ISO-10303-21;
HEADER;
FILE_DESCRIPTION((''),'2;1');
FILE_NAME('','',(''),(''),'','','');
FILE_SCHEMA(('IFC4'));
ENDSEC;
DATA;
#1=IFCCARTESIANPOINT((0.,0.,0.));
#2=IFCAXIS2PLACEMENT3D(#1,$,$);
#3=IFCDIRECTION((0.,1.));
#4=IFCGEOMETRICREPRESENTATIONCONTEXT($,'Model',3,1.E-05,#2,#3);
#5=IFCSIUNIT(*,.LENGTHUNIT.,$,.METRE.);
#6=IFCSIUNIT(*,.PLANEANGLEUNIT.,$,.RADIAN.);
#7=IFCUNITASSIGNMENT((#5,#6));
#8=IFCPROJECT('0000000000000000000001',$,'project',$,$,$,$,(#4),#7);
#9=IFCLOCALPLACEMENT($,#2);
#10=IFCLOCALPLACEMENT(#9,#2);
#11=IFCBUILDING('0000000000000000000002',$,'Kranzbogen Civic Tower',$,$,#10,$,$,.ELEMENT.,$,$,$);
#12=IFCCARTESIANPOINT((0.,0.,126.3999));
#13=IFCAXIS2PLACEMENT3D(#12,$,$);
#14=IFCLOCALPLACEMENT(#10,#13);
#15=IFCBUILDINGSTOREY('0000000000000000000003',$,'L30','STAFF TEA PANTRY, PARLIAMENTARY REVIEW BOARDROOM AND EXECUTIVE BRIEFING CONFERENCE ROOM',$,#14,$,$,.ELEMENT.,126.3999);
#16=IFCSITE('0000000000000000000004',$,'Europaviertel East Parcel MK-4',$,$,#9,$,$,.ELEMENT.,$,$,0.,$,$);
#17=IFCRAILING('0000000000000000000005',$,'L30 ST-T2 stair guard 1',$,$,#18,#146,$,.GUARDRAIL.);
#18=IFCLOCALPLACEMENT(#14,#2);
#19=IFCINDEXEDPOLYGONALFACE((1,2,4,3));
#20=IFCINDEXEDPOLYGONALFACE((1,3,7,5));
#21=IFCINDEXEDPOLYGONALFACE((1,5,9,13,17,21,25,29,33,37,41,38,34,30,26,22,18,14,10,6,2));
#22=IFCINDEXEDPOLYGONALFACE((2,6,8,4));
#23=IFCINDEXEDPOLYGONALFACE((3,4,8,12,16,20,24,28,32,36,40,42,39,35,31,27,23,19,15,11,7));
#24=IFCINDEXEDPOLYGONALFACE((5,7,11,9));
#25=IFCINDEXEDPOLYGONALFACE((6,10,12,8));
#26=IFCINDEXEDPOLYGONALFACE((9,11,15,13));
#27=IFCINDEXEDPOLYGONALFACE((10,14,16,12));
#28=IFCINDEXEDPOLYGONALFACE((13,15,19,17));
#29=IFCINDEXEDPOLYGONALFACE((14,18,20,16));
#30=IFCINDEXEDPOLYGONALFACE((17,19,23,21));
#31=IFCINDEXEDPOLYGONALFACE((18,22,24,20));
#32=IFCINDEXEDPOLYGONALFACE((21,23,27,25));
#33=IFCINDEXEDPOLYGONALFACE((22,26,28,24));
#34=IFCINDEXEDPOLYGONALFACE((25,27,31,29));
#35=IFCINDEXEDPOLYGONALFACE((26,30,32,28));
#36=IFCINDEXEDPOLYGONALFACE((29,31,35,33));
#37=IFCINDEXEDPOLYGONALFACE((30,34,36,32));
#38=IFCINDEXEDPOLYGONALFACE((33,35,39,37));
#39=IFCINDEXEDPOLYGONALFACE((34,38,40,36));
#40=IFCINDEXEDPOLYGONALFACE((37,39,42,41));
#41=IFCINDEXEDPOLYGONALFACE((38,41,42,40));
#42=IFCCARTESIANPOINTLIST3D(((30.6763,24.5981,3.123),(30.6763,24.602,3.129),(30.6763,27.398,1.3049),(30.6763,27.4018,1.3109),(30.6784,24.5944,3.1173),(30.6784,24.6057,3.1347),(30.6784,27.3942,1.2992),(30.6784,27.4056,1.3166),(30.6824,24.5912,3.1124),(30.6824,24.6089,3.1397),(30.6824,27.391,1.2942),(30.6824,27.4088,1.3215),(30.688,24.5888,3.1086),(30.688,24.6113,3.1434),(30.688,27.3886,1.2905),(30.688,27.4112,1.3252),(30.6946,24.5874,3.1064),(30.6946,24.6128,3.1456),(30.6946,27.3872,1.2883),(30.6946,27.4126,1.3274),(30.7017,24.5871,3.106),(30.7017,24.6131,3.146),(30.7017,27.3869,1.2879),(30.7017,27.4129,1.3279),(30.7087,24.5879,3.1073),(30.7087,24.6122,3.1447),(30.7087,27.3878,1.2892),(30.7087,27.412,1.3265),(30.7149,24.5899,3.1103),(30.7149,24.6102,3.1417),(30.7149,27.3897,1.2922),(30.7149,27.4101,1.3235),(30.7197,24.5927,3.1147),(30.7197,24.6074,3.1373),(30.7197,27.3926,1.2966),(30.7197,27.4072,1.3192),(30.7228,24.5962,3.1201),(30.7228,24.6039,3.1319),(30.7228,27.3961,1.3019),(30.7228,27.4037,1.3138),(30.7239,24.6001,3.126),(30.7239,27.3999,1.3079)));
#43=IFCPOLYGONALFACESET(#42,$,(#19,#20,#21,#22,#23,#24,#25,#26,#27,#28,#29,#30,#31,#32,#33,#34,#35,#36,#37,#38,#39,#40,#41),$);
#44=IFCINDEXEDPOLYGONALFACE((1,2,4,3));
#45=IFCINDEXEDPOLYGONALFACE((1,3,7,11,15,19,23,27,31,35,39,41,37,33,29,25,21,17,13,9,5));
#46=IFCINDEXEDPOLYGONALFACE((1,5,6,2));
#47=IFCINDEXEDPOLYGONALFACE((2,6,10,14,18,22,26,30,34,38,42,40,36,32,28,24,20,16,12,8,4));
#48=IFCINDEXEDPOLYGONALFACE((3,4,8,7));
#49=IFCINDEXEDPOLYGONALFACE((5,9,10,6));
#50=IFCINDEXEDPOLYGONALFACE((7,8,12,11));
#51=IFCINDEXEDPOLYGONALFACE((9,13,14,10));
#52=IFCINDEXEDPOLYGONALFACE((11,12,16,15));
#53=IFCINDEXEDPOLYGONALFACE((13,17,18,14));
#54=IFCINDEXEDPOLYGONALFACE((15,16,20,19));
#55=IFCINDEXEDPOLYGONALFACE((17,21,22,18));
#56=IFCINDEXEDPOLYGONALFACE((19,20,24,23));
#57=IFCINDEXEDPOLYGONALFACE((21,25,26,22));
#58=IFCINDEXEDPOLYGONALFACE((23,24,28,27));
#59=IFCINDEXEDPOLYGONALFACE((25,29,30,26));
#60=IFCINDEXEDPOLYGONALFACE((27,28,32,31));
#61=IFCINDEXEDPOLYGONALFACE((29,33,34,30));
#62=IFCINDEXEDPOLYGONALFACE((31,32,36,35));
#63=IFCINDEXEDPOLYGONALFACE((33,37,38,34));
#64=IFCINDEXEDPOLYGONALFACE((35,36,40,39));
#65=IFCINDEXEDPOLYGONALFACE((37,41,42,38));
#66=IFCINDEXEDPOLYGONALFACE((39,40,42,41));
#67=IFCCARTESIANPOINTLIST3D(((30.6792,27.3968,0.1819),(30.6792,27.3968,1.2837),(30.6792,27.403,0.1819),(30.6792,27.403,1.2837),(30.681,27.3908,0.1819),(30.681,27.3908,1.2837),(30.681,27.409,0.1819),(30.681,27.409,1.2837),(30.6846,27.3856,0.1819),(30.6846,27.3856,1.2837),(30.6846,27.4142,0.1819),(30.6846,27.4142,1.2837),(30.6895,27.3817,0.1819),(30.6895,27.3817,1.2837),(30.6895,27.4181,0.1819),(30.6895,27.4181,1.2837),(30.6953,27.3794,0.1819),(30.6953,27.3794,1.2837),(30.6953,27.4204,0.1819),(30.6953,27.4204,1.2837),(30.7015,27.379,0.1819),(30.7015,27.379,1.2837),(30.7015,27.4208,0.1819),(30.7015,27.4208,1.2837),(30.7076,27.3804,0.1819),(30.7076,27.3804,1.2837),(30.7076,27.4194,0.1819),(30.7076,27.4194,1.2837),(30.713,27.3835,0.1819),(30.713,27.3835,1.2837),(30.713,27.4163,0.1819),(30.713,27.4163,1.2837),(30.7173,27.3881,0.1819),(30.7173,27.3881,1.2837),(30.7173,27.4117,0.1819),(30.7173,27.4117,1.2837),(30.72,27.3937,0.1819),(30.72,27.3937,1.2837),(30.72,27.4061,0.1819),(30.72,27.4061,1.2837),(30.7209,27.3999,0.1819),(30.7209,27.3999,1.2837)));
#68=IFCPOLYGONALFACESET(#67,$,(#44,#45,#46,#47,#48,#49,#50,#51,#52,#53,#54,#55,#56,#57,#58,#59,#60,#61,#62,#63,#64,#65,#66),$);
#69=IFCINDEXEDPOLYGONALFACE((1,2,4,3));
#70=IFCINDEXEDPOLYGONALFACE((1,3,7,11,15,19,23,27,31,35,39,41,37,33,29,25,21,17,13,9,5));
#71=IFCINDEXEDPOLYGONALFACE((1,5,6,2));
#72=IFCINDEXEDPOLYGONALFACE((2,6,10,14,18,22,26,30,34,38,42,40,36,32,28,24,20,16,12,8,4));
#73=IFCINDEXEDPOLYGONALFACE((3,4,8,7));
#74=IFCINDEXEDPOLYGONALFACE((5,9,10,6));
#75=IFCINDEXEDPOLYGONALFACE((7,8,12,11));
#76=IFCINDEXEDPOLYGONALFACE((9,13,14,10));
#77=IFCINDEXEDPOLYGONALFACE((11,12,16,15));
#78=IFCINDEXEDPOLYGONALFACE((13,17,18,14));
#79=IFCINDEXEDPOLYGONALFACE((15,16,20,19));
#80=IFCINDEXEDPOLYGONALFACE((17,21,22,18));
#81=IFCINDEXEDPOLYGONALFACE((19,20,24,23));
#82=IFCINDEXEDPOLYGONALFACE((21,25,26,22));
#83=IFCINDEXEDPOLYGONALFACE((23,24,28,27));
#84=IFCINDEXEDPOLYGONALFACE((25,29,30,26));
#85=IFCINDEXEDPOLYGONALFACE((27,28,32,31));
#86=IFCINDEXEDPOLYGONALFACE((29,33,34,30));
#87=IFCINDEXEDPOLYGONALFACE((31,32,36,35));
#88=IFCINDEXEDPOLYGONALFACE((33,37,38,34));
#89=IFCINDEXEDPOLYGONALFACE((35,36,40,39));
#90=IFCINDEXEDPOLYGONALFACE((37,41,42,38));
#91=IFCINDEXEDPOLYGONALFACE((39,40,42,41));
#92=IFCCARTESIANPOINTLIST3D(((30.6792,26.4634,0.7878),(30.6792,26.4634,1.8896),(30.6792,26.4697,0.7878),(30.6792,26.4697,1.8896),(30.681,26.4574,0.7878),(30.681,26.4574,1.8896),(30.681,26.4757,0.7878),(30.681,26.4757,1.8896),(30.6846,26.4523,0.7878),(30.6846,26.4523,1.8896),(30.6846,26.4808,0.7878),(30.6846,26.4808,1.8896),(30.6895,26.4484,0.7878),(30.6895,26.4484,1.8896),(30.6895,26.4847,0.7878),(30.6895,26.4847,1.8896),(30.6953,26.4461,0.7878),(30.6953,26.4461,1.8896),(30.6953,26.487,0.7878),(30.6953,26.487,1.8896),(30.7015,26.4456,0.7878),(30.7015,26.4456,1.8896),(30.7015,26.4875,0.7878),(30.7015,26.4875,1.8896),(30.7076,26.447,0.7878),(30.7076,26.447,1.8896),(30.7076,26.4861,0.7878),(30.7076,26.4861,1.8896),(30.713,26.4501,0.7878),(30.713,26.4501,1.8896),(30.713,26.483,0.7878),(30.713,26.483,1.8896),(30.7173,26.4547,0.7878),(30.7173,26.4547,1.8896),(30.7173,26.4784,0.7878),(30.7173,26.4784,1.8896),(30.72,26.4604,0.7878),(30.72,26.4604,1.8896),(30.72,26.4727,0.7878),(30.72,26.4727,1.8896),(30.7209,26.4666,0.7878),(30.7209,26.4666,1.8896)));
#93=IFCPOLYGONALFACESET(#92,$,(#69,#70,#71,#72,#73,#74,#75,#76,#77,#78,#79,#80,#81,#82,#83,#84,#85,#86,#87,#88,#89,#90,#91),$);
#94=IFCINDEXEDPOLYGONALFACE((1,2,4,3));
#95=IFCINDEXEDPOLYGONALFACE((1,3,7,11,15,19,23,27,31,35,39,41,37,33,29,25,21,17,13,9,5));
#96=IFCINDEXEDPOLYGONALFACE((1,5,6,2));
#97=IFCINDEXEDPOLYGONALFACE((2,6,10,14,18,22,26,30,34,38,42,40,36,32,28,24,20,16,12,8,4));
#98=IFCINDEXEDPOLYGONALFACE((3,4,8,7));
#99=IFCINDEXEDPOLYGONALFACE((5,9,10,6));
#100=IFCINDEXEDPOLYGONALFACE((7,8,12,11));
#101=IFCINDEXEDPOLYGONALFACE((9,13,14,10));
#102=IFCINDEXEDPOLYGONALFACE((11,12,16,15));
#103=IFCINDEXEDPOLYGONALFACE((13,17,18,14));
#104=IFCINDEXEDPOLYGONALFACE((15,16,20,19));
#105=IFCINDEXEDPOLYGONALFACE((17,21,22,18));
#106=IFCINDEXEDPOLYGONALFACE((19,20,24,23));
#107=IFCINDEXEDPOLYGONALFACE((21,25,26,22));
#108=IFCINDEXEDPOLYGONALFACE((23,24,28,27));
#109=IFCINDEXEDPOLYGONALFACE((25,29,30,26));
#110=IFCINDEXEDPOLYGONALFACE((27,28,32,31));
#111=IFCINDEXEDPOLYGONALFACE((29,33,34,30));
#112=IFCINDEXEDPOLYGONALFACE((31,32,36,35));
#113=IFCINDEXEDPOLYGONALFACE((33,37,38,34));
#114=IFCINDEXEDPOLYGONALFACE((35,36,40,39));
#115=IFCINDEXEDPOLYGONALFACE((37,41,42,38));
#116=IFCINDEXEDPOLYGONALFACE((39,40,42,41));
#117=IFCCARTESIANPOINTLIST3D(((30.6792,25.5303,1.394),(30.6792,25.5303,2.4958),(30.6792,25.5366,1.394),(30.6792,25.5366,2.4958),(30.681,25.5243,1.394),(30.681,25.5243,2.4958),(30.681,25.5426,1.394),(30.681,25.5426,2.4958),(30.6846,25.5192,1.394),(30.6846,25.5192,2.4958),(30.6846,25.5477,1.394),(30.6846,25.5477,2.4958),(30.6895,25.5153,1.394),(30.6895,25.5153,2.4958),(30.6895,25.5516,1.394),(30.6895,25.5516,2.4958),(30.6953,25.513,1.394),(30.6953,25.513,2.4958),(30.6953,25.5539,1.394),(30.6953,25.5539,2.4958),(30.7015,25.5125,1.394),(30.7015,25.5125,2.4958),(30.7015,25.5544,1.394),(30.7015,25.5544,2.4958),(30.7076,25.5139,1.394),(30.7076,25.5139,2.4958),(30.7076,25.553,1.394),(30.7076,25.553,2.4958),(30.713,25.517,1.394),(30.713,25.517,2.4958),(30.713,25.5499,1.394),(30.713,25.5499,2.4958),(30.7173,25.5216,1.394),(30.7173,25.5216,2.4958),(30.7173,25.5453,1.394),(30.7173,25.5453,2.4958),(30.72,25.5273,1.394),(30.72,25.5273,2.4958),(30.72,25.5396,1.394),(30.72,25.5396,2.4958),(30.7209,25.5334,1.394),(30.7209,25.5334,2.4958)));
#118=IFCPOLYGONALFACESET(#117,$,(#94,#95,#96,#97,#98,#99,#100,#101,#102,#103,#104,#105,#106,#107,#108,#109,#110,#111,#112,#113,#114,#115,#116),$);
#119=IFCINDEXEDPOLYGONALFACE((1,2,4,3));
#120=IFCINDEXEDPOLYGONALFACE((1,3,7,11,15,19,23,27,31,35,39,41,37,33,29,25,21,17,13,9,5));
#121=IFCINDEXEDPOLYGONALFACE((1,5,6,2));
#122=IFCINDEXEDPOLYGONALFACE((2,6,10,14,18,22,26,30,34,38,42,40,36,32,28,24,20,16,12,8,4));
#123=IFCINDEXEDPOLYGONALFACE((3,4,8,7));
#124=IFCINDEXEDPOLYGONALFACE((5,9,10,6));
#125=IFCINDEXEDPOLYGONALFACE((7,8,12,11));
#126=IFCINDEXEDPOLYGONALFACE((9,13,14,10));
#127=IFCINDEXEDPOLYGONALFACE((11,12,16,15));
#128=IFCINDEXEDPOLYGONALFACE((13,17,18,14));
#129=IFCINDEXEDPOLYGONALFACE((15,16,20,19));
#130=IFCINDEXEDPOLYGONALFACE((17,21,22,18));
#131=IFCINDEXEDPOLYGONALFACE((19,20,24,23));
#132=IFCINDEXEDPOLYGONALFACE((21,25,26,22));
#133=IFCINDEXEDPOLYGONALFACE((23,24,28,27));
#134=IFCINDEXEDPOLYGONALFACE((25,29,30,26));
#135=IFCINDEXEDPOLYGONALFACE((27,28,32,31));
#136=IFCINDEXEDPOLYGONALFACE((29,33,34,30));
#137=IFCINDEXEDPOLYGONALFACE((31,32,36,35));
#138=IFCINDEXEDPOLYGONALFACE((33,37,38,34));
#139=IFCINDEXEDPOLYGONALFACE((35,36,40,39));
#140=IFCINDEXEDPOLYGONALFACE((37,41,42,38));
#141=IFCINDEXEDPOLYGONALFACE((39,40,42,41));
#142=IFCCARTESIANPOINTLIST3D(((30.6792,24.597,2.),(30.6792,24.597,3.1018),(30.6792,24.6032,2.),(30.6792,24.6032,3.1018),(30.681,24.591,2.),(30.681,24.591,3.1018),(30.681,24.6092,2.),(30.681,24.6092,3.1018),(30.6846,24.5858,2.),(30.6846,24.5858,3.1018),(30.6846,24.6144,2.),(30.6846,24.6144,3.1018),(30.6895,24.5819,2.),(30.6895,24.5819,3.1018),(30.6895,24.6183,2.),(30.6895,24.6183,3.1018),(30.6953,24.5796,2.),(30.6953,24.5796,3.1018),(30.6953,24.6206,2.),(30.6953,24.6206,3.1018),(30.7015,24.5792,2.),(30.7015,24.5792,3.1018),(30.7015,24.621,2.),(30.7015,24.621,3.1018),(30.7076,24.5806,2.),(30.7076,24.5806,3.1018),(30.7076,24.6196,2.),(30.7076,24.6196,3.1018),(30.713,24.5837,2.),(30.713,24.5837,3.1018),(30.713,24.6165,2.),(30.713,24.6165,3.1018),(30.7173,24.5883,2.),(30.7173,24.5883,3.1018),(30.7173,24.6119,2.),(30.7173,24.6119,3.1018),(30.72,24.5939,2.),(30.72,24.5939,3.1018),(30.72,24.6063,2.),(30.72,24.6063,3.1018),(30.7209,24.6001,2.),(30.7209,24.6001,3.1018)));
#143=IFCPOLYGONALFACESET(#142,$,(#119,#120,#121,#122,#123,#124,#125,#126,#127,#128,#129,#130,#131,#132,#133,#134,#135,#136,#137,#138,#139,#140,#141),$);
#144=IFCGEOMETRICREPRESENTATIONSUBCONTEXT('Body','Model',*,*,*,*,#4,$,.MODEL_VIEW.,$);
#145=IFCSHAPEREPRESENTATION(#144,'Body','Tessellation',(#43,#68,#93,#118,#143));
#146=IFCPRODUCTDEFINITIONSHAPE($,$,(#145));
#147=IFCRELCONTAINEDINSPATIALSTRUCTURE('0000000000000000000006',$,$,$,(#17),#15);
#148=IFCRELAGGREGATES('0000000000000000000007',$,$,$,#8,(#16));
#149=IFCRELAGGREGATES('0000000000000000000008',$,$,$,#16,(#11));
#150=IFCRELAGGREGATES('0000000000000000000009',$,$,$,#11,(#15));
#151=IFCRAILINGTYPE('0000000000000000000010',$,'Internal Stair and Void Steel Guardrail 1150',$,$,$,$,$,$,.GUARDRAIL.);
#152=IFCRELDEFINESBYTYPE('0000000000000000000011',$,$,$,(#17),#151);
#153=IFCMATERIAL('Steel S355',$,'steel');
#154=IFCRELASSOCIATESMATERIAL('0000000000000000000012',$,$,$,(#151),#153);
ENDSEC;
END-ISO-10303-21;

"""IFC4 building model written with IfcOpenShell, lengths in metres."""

from ifc_helpers import new_model, si_unit, direction, frame, origin, origin_2d, place, context, subcontext, project, spatial, circle, extrude, material, type_object, element, save


model = new_model("IFC4")

# Units and contexts
model_context = context("Model", 3, precision=1e-05, world=origin(), true_north=direction((0.0, 1.0)))
body_context = subcontext(model_context, "Body", "Model", "MODEL_VIEW")
ifc_project = project(units=[si_unit("LENGTHUNIT", "METRE"), si_unit("PLANEANGLEUNIT", "RADIAN")], contexts=[model_context])

# Site, building, storey
site_placement = place(None, origin())
site = spatial("IfcSite", under=ifc_project, at=site_placement, Name="Europaviertel East Parcel MK-4", CompositionType="ELEMENT", RefElevation=0.0)
building_placement = place(site_placement, origin())
building = spatial("IfcBuilding", under=site, at=building_placement, Name="Kranzbogen Civic Tower", CompositionType="ELEMENT")
storey_placement = place(building_placement, frame((0.0, 0.0, 126.3999)))
storey = spatial("IfcBuildingStorey", under=building, at=storey_placement, Name="L30", Description="STAFF TEA PANTRY, PARLIAMENTARY REVIEW BOARDROOM AND EXECUTIVE BRIEFING CONFERENCE ROOM", CompositionType="ELEMENT", Elevation=126.3999)

# Shared definitions
ifc_material_1 = material(Name="Steel S355", Category="steel")

# Railing
railing_type_1 = type_object("IfcRailingType", Name="Internal Stair and Void Steel Guardrail 1150", PredefinedType="GUARDRAIL", material=ifc_material_1)
railing_1_placement = place(storey_placement, frame((30.7, 27.3999, 0.1819)))
element("IfcRailing", 1, at=railing_1_placement, inside=storey, type_object=railing_type_1, Name="L30 ST-T2 stair guard 1", PredefinedType="GUARDRAIL", context=body_context, shape_type="SweptSolid", body=[
    extrude(circle(Radius=0.0239, at=origin_2d()), frame((0.0, 0.0, 1.126), z_axis=(0.0, -0.838684, 0.544618), x_axis=(1.0, 0.0, 0.0)), (0.0, 0.0, 1.0), 3.3384),
    extrude(circle(Radius=0.021, at=origin_2d()), origin(), (0.0, 0.0, 1.0), 1.1018),
    extrude(circle(Radius=0.021, at=origin_2d()), frame((0.0, -0.9333, 0.606)), (0.0, 0.0, 1.0), 1.1018),
    extrude(circle(Radius=0.021, at=origin_2d()), frame((0.0, -1.8665, 1.2122)), (0.0, 0.0, 1.0), 1.1018),
    extrude(circle(Radius=0.021, at=origin_2d()), frame((0.0, -2.7998, 1.8181)), (0.0, 0.0, 1.0), 1.1018),
])

save(model, "model.ifc")
